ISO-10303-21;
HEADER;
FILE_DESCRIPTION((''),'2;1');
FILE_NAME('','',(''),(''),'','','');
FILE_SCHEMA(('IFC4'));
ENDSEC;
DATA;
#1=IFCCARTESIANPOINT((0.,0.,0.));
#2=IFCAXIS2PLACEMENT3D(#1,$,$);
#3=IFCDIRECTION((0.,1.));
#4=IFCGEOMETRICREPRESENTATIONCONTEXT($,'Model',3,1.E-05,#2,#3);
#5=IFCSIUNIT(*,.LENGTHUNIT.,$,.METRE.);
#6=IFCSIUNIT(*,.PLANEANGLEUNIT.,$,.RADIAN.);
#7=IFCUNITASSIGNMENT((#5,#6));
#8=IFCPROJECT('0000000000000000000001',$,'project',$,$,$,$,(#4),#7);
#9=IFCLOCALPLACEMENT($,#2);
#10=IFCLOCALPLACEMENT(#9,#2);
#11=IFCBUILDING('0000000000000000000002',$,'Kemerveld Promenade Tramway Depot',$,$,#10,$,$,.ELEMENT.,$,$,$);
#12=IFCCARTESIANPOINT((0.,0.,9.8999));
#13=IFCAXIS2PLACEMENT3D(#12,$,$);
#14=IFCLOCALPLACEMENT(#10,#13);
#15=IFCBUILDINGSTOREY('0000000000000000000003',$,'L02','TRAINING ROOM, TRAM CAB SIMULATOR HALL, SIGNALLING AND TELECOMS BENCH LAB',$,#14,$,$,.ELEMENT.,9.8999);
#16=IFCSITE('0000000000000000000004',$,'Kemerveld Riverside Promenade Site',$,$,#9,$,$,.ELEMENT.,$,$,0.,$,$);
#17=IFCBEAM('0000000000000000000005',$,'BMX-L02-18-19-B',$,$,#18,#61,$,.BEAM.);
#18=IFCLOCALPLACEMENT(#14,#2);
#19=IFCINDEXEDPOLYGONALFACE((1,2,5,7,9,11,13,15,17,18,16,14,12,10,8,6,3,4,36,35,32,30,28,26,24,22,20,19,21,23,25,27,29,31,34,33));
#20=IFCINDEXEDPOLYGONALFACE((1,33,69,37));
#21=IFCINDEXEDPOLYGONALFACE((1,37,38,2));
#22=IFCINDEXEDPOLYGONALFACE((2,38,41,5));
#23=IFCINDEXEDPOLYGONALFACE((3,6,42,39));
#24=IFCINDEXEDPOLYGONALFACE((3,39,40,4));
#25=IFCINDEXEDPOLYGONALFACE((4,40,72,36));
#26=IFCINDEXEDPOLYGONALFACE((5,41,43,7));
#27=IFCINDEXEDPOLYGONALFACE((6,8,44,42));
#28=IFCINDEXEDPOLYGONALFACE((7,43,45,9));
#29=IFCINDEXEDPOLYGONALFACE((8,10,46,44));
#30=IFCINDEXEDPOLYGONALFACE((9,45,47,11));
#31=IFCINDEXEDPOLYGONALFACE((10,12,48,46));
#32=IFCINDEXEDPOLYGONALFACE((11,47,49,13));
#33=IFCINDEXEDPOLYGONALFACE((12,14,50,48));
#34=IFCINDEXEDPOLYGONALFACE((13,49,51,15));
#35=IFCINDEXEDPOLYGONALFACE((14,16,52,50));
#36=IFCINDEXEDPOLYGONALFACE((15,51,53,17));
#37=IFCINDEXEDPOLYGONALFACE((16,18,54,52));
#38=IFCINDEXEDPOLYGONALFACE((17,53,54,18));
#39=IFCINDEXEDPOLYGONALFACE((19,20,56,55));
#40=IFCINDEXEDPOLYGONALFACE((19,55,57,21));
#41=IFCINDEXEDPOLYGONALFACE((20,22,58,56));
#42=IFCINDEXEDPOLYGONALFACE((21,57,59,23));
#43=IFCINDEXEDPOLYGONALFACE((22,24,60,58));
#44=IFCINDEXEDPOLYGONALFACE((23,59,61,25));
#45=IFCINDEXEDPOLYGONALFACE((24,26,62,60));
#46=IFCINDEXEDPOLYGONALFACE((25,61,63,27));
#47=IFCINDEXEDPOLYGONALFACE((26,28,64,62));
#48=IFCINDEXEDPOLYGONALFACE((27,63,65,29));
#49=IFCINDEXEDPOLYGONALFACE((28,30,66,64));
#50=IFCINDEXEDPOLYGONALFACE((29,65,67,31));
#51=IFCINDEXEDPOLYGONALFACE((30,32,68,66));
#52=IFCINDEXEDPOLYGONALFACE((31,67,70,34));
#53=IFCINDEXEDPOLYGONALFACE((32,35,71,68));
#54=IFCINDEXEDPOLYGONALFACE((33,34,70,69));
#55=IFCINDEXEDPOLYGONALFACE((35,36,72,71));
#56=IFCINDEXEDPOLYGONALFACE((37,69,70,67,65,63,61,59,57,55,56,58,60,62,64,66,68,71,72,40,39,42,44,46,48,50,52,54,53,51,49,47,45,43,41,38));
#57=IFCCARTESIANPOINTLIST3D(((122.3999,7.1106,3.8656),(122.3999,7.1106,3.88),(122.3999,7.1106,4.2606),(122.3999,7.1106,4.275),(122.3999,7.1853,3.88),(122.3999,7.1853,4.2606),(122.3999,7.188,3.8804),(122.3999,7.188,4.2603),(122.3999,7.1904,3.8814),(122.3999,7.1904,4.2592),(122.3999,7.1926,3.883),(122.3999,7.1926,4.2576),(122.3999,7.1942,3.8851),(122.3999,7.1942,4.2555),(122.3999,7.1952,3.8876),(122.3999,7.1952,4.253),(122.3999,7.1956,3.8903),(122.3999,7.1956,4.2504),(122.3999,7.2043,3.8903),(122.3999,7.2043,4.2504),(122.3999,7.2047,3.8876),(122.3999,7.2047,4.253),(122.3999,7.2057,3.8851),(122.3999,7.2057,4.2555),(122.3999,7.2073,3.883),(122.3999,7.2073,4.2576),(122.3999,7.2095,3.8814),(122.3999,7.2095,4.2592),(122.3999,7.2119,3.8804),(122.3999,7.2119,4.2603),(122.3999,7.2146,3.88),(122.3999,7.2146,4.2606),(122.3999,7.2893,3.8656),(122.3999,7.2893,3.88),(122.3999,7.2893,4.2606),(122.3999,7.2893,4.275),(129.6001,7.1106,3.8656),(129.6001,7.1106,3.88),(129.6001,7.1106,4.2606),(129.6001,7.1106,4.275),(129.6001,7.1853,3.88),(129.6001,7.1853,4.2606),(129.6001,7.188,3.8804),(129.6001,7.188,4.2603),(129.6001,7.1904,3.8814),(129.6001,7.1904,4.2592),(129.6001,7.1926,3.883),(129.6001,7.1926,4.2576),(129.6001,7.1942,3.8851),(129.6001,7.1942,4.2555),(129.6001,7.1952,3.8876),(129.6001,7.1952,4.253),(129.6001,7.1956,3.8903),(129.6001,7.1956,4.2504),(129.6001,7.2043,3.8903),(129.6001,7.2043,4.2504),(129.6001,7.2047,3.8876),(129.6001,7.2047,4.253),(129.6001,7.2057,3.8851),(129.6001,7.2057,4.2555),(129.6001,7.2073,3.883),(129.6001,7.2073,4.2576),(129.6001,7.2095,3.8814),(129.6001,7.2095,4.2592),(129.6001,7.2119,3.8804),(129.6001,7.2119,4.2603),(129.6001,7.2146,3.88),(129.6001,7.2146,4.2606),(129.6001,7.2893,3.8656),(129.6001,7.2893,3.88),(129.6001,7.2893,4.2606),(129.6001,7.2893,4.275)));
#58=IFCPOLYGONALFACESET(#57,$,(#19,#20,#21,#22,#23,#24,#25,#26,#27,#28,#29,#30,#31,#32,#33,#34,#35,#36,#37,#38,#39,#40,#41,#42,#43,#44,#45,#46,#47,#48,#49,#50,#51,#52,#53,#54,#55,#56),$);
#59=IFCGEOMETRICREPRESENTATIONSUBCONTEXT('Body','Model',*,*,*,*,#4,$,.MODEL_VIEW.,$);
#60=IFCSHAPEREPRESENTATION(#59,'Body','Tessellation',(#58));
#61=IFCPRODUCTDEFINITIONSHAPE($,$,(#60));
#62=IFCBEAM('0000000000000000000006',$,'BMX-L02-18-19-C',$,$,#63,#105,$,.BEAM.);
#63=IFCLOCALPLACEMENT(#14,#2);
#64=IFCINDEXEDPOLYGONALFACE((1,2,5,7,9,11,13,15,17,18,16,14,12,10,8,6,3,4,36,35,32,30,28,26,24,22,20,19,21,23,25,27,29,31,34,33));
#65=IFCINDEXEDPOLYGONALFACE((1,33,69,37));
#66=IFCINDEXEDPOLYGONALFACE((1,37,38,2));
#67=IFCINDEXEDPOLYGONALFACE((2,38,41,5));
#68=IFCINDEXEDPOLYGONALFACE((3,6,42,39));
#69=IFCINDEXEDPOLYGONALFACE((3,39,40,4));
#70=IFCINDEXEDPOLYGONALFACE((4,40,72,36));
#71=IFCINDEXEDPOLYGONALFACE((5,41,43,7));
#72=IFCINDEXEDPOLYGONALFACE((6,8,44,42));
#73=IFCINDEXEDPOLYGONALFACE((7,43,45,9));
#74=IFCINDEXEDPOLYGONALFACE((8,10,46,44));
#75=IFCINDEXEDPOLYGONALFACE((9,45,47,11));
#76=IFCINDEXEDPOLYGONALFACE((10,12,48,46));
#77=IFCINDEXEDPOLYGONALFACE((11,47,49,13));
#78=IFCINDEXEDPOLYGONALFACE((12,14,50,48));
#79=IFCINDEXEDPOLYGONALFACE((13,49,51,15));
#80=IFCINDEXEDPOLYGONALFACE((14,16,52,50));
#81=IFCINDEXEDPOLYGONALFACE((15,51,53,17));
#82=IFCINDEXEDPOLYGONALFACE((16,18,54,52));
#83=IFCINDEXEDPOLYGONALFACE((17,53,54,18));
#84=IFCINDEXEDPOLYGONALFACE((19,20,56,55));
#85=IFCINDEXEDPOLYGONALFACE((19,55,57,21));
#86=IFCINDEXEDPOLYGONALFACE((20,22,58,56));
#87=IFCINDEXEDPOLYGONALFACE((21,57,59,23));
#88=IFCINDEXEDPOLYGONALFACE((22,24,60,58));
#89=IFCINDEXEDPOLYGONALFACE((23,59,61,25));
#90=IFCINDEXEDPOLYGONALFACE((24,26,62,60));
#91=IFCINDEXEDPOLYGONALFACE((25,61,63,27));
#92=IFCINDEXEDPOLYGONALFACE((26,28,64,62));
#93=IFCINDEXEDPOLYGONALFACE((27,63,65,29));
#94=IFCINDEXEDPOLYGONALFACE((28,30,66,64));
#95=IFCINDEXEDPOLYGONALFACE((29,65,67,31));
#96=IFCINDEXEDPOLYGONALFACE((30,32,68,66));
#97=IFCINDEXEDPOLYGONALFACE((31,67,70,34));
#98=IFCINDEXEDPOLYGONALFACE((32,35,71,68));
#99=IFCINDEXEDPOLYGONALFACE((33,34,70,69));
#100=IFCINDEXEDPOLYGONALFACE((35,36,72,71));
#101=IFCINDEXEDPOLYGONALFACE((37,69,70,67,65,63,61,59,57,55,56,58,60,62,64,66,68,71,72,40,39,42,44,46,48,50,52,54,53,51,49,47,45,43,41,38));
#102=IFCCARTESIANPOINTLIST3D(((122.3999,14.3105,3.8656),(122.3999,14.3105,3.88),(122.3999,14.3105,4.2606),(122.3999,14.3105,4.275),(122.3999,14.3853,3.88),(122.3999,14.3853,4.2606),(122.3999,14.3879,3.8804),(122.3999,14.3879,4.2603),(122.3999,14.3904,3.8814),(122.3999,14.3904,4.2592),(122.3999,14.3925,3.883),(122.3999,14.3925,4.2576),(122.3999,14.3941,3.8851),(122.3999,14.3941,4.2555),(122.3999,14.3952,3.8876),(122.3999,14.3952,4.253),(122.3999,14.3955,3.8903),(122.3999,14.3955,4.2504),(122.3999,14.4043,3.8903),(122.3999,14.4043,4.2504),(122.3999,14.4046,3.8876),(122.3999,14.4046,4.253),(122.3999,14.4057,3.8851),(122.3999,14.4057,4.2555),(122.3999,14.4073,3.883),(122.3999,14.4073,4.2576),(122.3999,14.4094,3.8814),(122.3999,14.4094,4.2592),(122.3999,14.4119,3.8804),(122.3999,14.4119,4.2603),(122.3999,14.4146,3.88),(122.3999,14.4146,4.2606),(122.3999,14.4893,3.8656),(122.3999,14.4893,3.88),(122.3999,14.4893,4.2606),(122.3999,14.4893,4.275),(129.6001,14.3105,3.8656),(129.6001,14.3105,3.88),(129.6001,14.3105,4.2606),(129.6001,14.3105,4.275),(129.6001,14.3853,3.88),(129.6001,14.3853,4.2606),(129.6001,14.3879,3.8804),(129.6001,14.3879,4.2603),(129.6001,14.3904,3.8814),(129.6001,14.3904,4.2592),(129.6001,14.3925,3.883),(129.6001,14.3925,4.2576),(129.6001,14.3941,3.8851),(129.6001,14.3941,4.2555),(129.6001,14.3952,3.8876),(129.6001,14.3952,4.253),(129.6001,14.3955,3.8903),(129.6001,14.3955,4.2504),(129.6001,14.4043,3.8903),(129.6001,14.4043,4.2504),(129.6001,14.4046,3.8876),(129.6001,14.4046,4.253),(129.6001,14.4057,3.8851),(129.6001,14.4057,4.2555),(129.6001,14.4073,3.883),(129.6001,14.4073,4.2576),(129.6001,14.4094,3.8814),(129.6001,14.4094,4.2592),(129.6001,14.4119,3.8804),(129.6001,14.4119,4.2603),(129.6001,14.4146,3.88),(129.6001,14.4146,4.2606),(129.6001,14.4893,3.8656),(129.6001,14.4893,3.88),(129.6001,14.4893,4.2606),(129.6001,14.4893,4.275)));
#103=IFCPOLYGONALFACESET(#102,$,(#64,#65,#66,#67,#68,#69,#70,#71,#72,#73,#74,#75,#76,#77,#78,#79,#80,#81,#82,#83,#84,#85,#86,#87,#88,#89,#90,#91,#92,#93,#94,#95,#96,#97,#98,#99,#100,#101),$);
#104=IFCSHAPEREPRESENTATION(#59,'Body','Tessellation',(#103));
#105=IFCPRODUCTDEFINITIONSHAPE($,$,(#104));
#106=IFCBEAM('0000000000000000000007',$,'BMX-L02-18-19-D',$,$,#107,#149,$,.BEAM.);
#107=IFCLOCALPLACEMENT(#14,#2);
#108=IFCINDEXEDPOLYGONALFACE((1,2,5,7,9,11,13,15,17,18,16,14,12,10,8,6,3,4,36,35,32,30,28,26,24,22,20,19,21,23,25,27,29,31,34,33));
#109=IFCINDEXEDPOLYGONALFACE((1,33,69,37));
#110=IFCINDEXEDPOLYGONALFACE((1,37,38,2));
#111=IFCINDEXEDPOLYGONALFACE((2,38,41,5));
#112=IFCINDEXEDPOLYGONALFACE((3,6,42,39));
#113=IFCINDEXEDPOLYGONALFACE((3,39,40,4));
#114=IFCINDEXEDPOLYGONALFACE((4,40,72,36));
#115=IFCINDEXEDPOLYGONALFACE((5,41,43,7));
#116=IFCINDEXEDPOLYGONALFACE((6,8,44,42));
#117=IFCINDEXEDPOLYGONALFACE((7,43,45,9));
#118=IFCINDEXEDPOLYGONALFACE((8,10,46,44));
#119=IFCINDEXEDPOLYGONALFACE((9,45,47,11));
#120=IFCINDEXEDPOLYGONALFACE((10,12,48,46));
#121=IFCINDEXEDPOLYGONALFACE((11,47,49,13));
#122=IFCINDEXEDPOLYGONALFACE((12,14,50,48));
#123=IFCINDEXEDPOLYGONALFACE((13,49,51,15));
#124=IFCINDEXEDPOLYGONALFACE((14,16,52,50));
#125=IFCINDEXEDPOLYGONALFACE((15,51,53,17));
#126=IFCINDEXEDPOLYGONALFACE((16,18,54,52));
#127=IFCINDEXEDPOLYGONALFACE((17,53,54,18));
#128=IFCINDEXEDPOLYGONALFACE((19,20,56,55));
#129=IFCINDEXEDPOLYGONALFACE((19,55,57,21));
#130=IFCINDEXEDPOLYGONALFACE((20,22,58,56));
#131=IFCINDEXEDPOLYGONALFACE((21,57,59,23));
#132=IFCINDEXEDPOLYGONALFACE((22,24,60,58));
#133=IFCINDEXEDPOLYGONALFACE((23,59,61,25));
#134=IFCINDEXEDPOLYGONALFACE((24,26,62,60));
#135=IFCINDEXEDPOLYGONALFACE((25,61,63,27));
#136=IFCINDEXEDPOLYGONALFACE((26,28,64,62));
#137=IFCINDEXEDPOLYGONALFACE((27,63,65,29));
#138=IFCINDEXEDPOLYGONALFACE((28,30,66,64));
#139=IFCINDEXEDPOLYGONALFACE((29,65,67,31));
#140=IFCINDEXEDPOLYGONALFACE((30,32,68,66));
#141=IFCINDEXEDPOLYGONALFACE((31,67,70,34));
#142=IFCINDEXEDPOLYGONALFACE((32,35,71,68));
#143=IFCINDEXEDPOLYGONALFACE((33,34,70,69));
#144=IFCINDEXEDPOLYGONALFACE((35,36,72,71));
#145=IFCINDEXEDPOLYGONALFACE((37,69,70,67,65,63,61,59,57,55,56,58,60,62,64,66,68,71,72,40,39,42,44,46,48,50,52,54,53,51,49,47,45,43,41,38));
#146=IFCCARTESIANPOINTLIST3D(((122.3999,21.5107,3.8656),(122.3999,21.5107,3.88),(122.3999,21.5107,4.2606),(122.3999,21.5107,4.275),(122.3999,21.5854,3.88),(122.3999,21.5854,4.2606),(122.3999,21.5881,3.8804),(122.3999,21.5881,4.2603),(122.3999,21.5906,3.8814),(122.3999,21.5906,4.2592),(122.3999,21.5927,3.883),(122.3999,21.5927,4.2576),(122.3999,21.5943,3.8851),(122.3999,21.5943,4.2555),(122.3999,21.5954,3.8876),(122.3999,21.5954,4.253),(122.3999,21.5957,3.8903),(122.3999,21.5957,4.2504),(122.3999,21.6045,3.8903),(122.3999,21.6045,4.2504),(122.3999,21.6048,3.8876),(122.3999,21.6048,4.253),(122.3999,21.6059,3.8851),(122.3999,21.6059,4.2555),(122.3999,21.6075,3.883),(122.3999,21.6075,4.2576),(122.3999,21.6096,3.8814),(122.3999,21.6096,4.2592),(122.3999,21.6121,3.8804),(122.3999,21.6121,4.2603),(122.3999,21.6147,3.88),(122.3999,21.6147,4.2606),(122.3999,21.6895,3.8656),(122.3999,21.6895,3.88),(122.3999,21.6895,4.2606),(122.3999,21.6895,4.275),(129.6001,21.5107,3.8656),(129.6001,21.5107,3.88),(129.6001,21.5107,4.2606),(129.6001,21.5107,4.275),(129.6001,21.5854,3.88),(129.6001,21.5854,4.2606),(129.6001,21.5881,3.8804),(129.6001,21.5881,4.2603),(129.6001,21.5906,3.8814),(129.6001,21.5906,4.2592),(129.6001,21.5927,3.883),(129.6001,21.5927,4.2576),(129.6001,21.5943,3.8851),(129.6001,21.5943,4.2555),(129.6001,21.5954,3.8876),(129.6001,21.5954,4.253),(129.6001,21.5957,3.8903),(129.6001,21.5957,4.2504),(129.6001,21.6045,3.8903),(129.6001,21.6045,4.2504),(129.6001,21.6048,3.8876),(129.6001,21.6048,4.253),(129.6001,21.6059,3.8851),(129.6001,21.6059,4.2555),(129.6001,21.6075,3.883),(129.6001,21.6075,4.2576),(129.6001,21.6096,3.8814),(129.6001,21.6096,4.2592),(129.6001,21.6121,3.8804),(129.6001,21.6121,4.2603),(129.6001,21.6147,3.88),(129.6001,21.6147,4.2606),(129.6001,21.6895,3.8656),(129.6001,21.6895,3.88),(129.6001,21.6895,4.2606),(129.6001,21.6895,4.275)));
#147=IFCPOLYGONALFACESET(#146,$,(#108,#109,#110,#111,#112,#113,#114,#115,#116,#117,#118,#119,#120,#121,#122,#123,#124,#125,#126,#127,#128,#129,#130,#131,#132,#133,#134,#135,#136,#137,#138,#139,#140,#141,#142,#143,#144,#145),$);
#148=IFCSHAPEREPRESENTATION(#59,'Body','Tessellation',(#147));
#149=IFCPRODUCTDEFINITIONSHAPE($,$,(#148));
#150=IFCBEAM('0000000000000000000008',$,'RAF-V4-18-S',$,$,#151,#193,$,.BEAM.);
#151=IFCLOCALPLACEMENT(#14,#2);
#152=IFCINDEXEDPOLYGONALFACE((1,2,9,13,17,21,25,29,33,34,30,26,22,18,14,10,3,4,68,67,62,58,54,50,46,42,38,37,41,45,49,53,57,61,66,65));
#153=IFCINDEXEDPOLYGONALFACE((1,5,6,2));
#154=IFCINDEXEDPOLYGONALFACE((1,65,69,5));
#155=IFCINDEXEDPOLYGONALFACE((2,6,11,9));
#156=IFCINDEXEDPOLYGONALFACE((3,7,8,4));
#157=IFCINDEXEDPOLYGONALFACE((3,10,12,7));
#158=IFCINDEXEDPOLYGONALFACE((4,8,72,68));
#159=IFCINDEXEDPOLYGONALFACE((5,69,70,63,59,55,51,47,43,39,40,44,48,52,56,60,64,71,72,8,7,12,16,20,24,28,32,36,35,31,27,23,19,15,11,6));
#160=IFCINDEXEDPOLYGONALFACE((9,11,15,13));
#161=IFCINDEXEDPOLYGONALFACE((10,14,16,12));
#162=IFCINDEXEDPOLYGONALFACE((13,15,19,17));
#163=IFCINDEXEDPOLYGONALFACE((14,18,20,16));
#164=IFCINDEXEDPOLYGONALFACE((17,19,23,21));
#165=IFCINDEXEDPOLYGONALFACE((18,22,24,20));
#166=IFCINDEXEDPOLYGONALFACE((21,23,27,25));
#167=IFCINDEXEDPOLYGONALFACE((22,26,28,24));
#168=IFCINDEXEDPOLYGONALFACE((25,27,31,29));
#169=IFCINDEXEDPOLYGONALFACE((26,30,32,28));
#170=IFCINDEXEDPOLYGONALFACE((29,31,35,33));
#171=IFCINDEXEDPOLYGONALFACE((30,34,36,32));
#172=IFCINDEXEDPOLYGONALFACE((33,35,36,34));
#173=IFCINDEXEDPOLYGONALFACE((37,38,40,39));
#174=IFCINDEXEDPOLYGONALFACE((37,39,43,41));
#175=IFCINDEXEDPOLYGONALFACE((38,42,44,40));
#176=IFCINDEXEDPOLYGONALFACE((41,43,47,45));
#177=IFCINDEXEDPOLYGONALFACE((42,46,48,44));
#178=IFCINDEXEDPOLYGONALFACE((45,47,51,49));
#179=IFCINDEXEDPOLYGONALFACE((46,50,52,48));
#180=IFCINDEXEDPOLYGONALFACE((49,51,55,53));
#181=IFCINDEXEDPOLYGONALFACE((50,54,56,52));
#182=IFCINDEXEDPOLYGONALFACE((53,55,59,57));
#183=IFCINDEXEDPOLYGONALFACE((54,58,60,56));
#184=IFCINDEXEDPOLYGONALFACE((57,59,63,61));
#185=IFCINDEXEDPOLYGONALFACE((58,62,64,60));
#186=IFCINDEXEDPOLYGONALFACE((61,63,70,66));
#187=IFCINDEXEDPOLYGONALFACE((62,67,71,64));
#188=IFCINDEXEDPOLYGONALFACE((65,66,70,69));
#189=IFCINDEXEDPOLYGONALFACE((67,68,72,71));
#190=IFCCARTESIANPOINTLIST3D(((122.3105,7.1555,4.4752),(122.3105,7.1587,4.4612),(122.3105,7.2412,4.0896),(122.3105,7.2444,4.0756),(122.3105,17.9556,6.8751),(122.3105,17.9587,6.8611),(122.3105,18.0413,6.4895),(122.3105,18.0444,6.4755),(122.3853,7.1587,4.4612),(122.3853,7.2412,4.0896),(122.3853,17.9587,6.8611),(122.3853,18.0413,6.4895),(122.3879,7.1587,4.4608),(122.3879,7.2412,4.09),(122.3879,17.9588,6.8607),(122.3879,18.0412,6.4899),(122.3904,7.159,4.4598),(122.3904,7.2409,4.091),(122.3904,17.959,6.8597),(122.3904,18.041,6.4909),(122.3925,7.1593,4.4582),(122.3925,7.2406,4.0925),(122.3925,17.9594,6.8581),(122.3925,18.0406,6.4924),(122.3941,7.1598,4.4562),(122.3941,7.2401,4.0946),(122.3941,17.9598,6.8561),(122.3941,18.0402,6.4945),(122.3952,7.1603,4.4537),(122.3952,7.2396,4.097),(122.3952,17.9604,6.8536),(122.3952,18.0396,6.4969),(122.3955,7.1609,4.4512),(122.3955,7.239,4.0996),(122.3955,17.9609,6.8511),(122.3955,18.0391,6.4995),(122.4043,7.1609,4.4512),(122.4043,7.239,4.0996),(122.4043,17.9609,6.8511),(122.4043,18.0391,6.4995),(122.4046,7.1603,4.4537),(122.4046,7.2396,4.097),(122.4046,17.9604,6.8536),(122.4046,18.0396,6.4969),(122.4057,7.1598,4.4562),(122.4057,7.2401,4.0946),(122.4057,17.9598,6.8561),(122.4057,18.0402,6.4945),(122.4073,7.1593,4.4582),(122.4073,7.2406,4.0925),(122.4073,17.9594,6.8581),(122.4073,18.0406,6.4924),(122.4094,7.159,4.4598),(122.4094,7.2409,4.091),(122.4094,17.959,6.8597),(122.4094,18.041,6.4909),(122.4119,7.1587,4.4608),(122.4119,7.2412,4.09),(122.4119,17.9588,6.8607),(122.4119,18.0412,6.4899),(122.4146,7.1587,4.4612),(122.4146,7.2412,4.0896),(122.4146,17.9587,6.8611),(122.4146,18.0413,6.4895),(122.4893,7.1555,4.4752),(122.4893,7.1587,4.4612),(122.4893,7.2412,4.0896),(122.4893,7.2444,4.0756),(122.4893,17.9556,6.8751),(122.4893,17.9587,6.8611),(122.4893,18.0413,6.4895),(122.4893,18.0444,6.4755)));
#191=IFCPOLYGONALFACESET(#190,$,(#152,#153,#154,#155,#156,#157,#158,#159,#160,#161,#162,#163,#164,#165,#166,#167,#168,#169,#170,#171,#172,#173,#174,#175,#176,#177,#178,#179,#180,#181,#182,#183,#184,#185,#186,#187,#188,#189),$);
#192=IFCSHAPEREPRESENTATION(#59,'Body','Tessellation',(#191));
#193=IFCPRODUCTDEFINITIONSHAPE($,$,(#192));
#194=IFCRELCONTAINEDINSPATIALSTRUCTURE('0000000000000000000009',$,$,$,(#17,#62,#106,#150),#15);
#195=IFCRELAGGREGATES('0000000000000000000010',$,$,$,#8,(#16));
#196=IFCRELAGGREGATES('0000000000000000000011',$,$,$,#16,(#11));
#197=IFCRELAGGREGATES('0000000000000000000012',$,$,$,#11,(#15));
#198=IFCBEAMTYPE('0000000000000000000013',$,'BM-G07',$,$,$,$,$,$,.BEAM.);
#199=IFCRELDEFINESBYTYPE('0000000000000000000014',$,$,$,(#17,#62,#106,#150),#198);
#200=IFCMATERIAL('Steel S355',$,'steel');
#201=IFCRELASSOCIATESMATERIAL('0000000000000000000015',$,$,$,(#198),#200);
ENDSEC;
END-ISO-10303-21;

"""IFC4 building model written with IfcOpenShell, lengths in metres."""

from ifc_helpers import new_model, si_unit, direction, frame, origin, origin_2d, place, context, subcontext, project, spatial, i_section, extrude, material, material_profile, profile_set, type_object, element, save


model = new_model("IFC4")

# Units and contexts
model_context = context("Model", 3, precision=1e-05, world=origin(), true_north=direction((0.0, 1.0)))
body_context = subcontext(model_context, "Body", "Model", "MODEL_VIEW")
ifc_project = project(units=[si_unit("LENGTHUNIT", "METRE"), si_unit("PLANEANGLEUNIT", "RADIAN")], contexts=[model_context])

# Site, building, storey
site_placement = place(None, origin())
site = spatial("IfcSite", under=ifc_project, at=site_placement, Name="Kemerveld Riverside Promenade Site", CompositionType="ELEMENT", RefElevation=0.0)
building_placement = place(site_placement, origin())
building = spatial("IfcBuilding", under=site, at=building_placement, Name="Kemerveld Promenade Tramway Depot", CompositionType="ELEMENT")
storey_placement = place(building_placement, frame((0.0, 0.0, 9.8999)))
storey = spatial("IfcBuildingStorey", under=building, at=storey_placement, Name="L02", Description="TRAINING ROOM, TRAM CAB SIMULATOR HALL, SIGNALLING AND TELECOMS BENCH LAB", CompositionType="ELEMENT", Elevation=9.8999)

# Beams
ifc_material_1 = material(Name="Steel S355", Category="steel")
ifc_material_profile_1 = material_profile(ifc_material_1, i_section(OverallWidth=0.1787, OverallDepth=0.4094, WebThickness=0.0088, FlangeThickness=0.0144, FilletRadius=0.0103, at=origin_2d()), Name="406x178x67 UB")
ifc_profile_set_1 = profile_set([ifc_material_profile_1], Name="Steel S355")
beam_type_1 = type_object("IfcBeamType", Name="BM-G07", PredefinedType="BEAM", material=ifc_profile_set_1)
for number, where, z_axis, x_axis, name in (
    (1, (122.3999, 7.2, 4.0703), (1.0, 0.0, 0.0), (0.0, 1.0, 0.0), "BMX-L02-18-19-B"),
    (2, (122.3999, 14.3999, 4.0703), (1.0, 0.0, 0.0), (0.0, 1.0, 0.0), "BMX-L02-18-19-C"),
    (3, (122.3999, 21.6001, 4.0703), (1.0, 0.0, 0.0), (0.0, 1.0, 0.0), "BMX-L02-18-19-D"),
):
    element("IfcBeam", number, at=place(storey_placement, frame(where, z_axis=z_axis, x_axis=x_axis)), inside=storey, type_object=beam_type_1, Name=name, PredefinedType="BEAM", context=body_context, shape_type="SweptSolid", body=[
        extrude(i_section(OverallWidth=0.1787, OverallDepth=0.4094, WebThickness=0.0088, FlangeThickness=0.0144, FilletRadius=0.0103, at=origin_2d()), origin(), (0.0, 0.0, 1.0), 7.2002),
    ])
for number, where, z_axis, x_axis, name in (
    (4, (122.3999, 7.2, 4.2754), (0.0, 0.976189, 0.216921), (-1.0, 0.0, 0.0), "RAF-V4-18-S"),
):
    element("IfcBeam", number, at=place(storey_placement, frame(where, z_axis=z_axis, x_axis=x_axis)), inside=storey, type_object=beam_type_1, Name=name, PredefinedType="BEAM", context=body_context, shape_type="SweptSolid", body=[
        extrude(i_section(OverallWidth=0.1787, OverallDepth=0.4094, WebThickness=0.0088, FlangeThickness=0.0144, FilletRadius=0.0103, at=origin_2d()), origin(), (0.0, 0.0, 1.0), 11.0635),
    ])

save(model, "model.ifc")
